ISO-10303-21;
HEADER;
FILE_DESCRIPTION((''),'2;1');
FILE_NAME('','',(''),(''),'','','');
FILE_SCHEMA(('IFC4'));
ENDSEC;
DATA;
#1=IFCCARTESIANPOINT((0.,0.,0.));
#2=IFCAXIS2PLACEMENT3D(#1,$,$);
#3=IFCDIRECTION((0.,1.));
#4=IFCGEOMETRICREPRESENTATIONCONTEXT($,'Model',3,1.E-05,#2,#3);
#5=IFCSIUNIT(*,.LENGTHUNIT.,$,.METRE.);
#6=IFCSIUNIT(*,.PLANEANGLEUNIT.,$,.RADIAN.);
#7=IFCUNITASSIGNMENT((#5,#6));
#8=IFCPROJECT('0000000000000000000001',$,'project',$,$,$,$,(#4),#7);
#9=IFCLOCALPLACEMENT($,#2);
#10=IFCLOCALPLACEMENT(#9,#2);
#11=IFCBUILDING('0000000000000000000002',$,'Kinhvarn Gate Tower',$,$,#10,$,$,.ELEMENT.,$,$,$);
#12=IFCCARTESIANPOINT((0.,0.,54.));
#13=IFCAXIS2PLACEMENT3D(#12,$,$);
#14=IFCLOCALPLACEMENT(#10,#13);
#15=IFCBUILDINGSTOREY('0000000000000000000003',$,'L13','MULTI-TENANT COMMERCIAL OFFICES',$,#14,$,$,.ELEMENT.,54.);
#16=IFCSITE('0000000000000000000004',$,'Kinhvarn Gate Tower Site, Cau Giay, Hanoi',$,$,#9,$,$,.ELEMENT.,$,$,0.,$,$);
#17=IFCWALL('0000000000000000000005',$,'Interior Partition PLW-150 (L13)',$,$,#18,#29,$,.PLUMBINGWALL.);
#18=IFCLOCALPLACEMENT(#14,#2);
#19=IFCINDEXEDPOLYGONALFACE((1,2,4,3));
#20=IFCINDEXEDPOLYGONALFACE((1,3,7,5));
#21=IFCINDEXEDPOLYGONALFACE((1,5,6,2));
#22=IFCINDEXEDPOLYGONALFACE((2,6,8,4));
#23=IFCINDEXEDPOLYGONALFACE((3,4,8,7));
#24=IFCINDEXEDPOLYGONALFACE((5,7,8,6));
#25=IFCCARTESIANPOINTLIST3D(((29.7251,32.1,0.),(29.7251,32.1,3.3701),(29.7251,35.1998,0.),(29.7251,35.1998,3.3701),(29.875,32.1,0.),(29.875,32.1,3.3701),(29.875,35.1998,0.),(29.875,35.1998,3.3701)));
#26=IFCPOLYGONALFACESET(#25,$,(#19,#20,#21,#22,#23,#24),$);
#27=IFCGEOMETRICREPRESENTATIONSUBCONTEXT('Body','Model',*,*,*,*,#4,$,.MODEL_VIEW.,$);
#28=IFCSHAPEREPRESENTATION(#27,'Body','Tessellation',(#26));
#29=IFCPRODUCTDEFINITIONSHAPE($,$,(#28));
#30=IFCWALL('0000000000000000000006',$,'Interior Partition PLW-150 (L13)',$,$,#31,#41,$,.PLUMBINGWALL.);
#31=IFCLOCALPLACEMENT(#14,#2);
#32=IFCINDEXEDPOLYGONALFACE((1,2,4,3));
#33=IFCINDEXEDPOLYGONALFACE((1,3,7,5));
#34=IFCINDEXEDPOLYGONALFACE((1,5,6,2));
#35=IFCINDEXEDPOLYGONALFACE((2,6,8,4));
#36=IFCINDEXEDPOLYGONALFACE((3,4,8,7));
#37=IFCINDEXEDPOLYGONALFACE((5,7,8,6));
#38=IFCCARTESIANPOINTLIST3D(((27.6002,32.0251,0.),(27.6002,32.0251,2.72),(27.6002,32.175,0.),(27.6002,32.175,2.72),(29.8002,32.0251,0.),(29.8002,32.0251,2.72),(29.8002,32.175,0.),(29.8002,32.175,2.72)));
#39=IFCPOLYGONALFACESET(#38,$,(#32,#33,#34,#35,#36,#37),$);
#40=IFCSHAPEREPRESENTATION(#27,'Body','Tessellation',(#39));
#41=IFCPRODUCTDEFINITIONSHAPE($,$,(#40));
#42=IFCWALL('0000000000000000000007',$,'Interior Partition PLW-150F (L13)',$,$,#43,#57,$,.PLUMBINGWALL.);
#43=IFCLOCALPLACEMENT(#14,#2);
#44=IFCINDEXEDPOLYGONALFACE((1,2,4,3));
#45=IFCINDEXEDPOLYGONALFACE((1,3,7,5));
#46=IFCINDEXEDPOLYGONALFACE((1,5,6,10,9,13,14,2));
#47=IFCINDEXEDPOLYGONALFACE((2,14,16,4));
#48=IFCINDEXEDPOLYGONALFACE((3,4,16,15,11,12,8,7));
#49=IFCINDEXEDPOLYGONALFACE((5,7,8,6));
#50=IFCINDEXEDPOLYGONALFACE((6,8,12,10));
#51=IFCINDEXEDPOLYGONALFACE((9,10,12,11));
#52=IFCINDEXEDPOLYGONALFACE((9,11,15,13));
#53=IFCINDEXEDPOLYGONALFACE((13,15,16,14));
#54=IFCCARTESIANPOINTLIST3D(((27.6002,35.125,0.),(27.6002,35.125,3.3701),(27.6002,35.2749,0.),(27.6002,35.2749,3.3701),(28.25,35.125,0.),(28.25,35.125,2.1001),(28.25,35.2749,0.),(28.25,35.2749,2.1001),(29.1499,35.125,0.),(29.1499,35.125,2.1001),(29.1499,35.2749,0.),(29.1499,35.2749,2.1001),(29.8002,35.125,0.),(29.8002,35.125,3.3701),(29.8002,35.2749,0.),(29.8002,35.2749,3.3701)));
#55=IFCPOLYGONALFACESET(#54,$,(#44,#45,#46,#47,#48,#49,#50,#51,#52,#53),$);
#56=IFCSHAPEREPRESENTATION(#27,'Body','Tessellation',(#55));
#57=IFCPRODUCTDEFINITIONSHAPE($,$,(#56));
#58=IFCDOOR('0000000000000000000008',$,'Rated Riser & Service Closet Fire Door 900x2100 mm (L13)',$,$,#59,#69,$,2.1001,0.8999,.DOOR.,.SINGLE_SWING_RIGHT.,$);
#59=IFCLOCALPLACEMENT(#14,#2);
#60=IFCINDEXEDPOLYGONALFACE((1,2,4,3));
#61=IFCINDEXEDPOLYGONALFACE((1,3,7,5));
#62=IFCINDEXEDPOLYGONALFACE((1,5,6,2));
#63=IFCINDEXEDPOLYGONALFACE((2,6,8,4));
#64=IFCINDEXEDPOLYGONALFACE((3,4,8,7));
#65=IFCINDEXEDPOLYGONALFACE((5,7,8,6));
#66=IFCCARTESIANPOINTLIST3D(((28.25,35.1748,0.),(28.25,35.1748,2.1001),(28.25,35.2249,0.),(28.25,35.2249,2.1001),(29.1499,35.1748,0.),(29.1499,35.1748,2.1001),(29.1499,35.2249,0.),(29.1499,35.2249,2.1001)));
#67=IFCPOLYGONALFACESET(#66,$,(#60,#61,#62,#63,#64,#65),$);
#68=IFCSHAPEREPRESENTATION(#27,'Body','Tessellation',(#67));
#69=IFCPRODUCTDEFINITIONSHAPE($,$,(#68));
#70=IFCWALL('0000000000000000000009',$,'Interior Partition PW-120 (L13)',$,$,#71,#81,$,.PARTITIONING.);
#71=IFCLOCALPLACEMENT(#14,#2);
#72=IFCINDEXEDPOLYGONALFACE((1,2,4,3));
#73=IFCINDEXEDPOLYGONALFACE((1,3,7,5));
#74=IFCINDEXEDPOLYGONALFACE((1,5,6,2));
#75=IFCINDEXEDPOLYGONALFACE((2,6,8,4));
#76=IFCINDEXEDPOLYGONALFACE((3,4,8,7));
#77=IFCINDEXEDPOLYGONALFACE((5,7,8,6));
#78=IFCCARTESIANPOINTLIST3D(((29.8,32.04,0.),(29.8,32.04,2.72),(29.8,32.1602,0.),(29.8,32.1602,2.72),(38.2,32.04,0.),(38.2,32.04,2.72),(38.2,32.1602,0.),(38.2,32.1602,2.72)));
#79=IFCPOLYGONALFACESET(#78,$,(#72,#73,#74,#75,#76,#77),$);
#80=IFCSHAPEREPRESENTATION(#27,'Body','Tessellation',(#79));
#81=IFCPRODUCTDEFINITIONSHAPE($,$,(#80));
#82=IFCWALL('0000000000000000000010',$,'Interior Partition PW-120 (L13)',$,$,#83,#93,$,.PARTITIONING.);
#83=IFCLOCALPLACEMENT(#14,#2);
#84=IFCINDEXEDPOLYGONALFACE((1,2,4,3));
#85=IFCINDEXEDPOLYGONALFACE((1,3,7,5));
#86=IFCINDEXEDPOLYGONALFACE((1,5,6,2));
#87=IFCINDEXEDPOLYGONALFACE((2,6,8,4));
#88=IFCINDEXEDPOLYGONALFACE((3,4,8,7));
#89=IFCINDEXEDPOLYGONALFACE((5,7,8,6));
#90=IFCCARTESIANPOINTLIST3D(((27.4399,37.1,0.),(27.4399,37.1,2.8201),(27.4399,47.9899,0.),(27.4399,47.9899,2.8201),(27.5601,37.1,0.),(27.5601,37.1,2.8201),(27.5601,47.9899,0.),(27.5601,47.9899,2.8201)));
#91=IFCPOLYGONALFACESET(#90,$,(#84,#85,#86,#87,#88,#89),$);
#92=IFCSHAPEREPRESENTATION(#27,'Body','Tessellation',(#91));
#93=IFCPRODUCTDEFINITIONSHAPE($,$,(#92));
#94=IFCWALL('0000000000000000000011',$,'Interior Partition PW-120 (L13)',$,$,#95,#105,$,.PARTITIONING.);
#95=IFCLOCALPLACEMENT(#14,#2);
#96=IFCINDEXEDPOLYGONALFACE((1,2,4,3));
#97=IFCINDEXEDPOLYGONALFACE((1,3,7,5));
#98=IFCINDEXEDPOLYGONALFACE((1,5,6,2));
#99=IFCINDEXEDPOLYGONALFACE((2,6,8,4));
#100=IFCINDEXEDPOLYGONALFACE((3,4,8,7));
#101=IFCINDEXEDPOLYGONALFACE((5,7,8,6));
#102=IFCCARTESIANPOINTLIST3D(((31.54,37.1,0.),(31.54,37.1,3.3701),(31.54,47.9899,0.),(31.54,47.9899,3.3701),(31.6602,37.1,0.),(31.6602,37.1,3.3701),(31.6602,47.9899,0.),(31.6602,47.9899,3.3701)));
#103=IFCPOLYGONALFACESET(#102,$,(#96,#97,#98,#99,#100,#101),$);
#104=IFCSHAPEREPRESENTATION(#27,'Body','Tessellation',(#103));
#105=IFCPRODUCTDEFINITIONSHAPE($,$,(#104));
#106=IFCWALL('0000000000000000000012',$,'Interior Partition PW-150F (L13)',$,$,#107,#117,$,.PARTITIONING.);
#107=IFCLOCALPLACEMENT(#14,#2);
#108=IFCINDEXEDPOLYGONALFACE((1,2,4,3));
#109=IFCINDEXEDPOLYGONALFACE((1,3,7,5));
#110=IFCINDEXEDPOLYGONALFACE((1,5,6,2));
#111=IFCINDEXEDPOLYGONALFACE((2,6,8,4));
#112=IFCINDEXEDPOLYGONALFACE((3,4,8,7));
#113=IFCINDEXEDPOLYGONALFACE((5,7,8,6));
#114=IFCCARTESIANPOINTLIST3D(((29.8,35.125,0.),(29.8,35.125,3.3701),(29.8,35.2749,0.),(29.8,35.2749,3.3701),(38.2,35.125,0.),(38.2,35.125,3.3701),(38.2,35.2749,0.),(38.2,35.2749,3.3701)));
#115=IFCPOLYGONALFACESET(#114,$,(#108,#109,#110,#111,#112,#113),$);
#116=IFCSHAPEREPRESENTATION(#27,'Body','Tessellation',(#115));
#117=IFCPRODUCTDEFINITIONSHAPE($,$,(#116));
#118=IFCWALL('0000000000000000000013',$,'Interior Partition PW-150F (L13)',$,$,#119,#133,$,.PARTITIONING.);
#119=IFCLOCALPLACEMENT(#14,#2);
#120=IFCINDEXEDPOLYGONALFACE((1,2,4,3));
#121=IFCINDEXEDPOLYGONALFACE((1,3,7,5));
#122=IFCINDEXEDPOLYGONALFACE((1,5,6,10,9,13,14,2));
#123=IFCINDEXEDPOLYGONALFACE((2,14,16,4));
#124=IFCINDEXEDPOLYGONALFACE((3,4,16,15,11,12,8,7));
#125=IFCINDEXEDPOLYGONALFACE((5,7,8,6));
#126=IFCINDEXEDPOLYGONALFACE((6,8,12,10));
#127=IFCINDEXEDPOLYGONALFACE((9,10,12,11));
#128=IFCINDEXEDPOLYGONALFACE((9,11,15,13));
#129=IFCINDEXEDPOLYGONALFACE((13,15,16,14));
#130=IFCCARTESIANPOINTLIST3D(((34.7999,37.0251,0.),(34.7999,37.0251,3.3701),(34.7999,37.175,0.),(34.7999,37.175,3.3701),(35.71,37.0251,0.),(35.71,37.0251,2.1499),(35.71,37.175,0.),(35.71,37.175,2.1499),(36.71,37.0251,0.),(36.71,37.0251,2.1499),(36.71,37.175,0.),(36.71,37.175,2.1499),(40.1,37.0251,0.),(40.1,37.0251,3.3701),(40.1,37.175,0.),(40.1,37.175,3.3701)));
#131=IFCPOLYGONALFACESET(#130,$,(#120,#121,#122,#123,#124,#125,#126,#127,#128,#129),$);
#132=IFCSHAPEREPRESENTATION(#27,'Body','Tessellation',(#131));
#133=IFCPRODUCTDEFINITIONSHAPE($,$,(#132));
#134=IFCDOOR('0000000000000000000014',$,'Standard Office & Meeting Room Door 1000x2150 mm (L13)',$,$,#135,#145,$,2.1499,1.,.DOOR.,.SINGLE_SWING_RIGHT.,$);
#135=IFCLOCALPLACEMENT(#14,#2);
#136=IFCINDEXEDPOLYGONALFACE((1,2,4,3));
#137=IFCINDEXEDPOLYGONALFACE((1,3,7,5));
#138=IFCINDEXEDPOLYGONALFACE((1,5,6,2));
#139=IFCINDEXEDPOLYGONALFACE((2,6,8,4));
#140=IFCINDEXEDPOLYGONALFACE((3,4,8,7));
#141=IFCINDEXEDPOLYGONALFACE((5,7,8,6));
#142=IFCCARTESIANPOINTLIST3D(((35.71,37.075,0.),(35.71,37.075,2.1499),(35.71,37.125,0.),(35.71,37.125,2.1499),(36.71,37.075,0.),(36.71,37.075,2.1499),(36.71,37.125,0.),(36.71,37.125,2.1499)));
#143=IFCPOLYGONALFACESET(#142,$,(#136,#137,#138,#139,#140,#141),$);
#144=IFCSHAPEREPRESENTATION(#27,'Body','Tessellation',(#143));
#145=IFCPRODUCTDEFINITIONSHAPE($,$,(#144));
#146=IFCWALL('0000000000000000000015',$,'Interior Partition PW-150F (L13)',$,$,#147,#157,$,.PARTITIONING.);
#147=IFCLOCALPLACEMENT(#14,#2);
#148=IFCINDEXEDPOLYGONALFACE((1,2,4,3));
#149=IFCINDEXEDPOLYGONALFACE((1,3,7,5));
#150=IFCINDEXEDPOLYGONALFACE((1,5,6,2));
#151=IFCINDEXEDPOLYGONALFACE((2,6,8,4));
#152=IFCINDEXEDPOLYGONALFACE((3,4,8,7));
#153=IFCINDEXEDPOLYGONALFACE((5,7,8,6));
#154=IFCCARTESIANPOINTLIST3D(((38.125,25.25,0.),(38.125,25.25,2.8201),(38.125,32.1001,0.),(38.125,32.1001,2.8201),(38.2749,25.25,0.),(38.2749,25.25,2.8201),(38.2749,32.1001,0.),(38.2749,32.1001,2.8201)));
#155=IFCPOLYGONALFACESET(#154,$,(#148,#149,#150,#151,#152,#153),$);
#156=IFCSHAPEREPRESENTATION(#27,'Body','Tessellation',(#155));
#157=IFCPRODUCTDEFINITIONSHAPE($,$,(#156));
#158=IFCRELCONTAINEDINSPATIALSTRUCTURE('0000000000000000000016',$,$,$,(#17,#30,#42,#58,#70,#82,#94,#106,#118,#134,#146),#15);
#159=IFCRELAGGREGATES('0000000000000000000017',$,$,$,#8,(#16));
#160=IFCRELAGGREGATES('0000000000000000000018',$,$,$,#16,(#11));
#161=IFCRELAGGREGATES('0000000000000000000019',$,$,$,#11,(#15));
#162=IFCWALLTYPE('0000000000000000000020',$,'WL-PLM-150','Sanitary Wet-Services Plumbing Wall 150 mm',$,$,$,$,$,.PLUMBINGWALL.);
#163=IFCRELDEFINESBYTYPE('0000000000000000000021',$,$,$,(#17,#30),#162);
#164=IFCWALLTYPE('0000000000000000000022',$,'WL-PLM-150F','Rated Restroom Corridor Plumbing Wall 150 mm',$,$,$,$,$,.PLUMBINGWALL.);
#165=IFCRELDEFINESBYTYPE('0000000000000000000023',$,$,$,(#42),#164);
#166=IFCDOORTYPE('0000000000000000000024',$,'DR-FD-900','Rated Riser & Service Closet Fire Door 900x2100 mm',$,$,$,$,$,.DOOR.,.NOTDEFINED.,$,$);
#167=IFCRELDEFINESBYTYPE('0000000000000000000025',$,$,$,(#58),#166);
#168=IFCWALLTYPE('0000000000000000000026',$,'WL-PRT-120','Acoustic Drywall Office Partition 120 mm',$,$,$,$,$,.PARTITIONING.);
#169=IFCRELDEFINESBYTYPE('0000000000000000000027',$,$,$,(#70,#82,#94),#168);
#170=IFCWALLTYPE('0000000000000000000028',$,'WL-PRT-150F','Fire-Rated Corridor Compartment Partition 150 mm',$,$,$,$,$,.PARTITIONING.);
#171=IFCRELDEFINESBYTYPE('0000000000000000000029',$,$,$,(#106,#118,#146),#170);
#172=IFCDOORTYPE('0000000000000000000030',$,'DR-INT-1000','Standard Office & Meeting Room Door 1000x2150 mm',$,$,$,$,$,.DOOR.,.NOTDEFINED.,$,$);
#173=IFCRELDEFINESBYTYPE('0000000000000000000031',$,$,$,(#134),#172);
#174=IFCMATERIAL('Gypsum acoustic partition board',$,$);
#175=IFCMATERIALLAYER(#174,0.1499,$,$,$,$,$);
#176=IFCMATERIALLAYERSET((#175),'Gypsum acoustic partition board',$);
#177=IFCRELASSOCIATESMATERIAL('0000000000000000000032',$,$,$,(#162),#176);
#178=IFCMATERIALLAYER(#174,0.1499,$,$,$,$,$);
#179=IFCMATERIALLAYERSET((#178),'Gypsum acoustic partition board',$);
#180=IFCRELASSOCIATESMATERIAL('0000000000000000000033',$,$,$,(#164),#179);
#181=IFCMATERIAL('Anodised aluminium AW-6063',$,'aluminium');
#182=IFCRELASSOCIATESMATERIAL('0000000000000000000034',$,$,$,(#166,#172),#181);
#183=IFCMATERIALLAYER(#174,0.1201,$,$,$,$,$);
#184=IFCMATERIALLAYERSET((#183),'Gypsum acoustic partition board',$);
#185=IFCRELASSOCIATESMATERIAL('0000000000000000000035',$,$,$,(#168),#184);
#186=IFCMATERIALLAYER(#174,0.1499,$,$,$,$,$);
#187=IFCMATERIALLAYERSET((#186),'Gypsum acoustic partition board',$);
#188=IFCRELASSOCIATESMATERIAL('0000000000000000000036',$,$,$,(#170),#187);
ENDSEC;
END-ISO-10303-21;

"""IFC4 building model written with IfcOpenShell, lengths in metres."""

from ifc_helpers import new_model, si_unit, direction, frame, frame_2d, origin, place, context, subcontext, project, spatial, rectangle, extrude, material, layer, layer_set, type_object, element, fill, save


model = new_model("IFC4")

# Units and contexts
model_context = context("Model", 3, precision=1e-05, world=origin(), true_north=direction((0.0, 1.0)))
body_context = subcontext(model_context, "Body", "Model", "MODEL_VIEW")
ifc_project = project(units=[si_unit("LENGTHUNIT", "METRE"), si_unit("PLANEANGLEUNIT", "RADIAN")], contexts=[model_context])

# Site, building, storey
site_placement = place(None, origin())
site = spatial("IfcSite", under=ifc_project, at=site_placement, Name="Kinhvarn Gate Tower Site, Cau Giay, Hanoi", CompositionType="ELEMENT", RefElevation=0.0)
building_placement = place(site_placement, origin())
building = spatial("IfcBuilding", under=site, at=building_placement, Name="Kinhvarn Gate Tower", CompositionType="ELEMENT")
storey_placement = place(building_placement, frame((0.0, 0.0, 54.0)))
storey = spatial("IfcBuildingStorey", under=building, at=storey_placement, Name="L13", Description="MULTI-TENANT COMMERCIAL OFFICES", CompositionType="ELEMENT", Elevation=54.0)

# Walls
ifc_material_1 = material(Name="Gypsum acoustic partition board")
ifc_layer_1 = layer(ifc_material_1, 0.1499)
ifc_layer_set_1 = layer_set([ifc_layer_1], Name="Gypsum acoustic partition board")
wall_type_1 = type_object("IfcWallType", Name="WL-PLM-150", Description="Sanitary Wet-Services Plumbing Wall 150 mm", PredefinedType="PLUMBINGWALL", material=ifc_layer_set_1)
for number, where, z_axis, x_axis, name in (
    (1, (29.8, 32.1001, 0.0), (0.0, 0.0, 1.0), (0.0, 1.0, 0.0), "Interior Partition PLW-150 (L13)"),
):
    element("IfcWall", number, at=place(storey_placement, frame(where, z_axis=z_axis, x_axis=x_axis)), inside=storey, type_object=wall_type_1, Name=name, PredefinedType="PLUMBINGWALL", context=body_context, shape_type="SweptSolid", body=[
        extrude(rectangle(XDim=3.0999, YDim=0.1499, at=frame_2d((1.5498, 0.0))), origin(), (0.0, 0.0, 1.0), 3.3701),
    ])
wall_1_placement = place(storey_placement, frame((27.6001, 32.1001, 0.0), z_axis=(0.0, 0.0, 1.0), x_axis=(1.0, 0.0, 0.0)))
element("IfcWall", 2, at=wall_1_placement, inside=storey, type_object=wall_type_1, Name="Interior Partition PLW-150 (L13)", PredefinedType="PLUMBINGWALL", context=body_context, shape_type="SweptSolid", body=[
    extrude(rectangle(XDim=2.2, YDim=0.1499, at=frame_2d((1.1001, 0.0))), origin(), (0.0, 0.0, 1.0), 2.72),
])

# Wall, opening, door
ifc_layer_2 = layer(ifc_material_1, 0.1499)
ifc_layer_set_2 = layer_set([ifc_layer_2], Name="Gypsum acoustic partition board")
wall_type_2 = type_object("IfcWallType", Name="WL-PLM-150F", Description="Rated Restroom Corridor Plumbing Wall 150 mm", PredefinedType="PLUMBINGWALL", material=ifc_layer_set_2)
wall_2_placement = place(storey_placement, frame((27.6001, 35.2, 0.0), z_axis=(0.0, 0.0, 1.0), x_axis=(1.0, 0.0, 0.0)))
wall_2 = element("IfcWall", 3, at=wall_2_placement, inside=storey, type_object=wall_type_2, Name="Interior Partition PLW-150F (L13)", PredefinedType="PLUMBINGWALL", context=body_context, shape_type="SweptSolid", body=[
    extrude(rectangle(XDim=2.2, YDim=0.1499, at=frame_2d((1.1001, 0.0))), origin(), (0.0, 0.0, 1.0), 3.3701),
])
opening_1_placement = place(wall_2_placement, frame((0.6499, 0.0, 0.0)))
opening_1 = element("IfcOpeningElement", 4, at=opening_1_placement, cuts=wall_2, PredefinedType="OPENING", context=body_context, shape_type="SweptSolid", body=[
    extrude(rectangle(XDim=0.8999, YDim=2.1001, at=frame_2d((0.45, 1.05))), frame((0.0, 0.085, 0.0), z_axis=(0.0, -1.0, 0.0), x_axis=(1.0, 0.0, 0.0)), (0.0, 0.0, 1.0), 0.1699),
])
ifc_material_2 = material(Name="Anodised aluminium AW-6063", Category="aluminium")
door_type_1 = type_object("IfcDoorType", Name="DR-FD-900", Description="Rated Riser & Service Closet Fire Door 900x2100 mm", OperationType="NOTDEFINED", PredefinedType="DOOR", material=ifc_material_2)
door_1_placement = place(opening_1_placement, origin())
door_1 = element("IfcDoor", 5, at=door_1_placement, inside=storey, type_object=door_type_1, Name="Rated Riser & Service Closet Fire Door 900x2100 mm (L13)", OperationType="SINGLE_SWING_RIGHT", OverallHeight=2.1001, OverallWidth=0.8999, PredefinedType="DOOR", context=body_context, shape_type="SweptSolid", body=[
    extrude(rectangle(XDim=0.8999, YDim=2.1001, at=frame_2d((0.45, 1.05))), frame((0.0, 0.0249, 0.0), z_axis=(0.0, -1.0, 0.0), x_axis=(1.0, 0.0, 0.0)), (0.0, 0.0, 1.0), 0.05),
])
fill(opening_1, door_1)

# Walls
ifc_layer_3 = layer(ifc_material_1, 0.1201)
ifc_layer_set_3 = layer_set([ifc_layer_3], Name="Gypsum acoustic partition board")
wall_type_3 = type_object("IfcWallType", Name="WL-PRT-120", Description="Acoustic Drywall Office Partition 120 mm", PredefinedType="PARTITIONING", material=ifc_layer_set_3)
wall_3_placement = place(storey_placement, frame((29.8, 32.1001, 0.0), z_axis=(0.0, 0.0, 1.0), x_axis=(1.0, 0.0, 0.0)))
element("IfcWall", 6, at=wall_3_placement, inside=storey, type_object=wall_type_3, Name="Interior Partition PW-120 (L13)", PredefinedType="PARTITIONING", context=body_context, shape_type="SweptSolid", body=[
    extrude(rectangle(XDim=8.3999, YDim=0.1201, at=frame_2d((4.2, 0.0))), origin(), (0.0, 0.0, 1.0), 2.72),
])
wall_4_placement = place(storey_placement, frame((27.5, 37.1001, 0.0), z_axis=(0.0, 0.0, 1.0), x_axis=(0.0, 1.0, 0.0)))
element("IfcWall", 7, at=wall_4_placement, inside=storey, type_object=wall_type_3, Name="Interior Partition PW-120 (L13)", PredefinedType="PARTITIONING", context=body_context, shape_type="SweptSolid", body=[
    extrude(rectangle(XDim=10.8899, YDim=0.1201, at=frame_2d((5.4448, 0.0))), origin(), (0.0, 0.0, 1.0), 2.8201),
])
wall_5_placement = place(storey_placement, frame((31.6001, 37.1001, 0.0), z_axis=(0.0, 0.0, 1.0), x_axis=(0.0, 1.0, 0.0)))
element("IfcWall", 8, at=wall_5_placement, inside=storey, type_object=wall_type_3, Name="Interior Partition PW-120 (L13)", PredefinedType="PARTITIONING", context=body_context, shape_type="SweptSolid", body=[
    extrude(rectangle(XDim=10.8899, YDim=0.1201, at=frame_2d((5.4448, 0.0))), origin(), (0.0, 0.0, 1.0), 3.3701),
])
ifc_layer_4 = layer(ifc_material_1, 0.1499)
ifc_layer_set_4 = layer_set([ifc_layer_4], Name="Gypsum acoustic partition board")
wall_type_4 = type_object("IfcWallType", Name="WL-PRT-150F", Description="Fire-Rated Corridor Compartment Partition 150 mm", PredefinedType="PARTITIONING", material=ifc_layer_set_4)
wall_6_placement = place(storey_placement, frame((29.8, 35.2, 0.0), z_axis=(0.0, 0.0, 1.0), x_axis=(1.0, 0.0, 0.0)))
element("IfcWall", 9, at=wall_6_placement, inside=storey, type_object=wall_type_4, Name="Interior Partition PW-150F (L13)", PredefinedType="PARTITIONING", context=body_context, shape_type="SweptSolid", body=[
    extrude(rectangle(XDim=8.3999, YDim=0.1499, at=frame_2d((4.2, 0.0))), origin(), (0.0, 0.0, 1.0), 3.3701),
])

# Wall, opening, door
door_type_2 = type_object("IfcDoorType", Name="DR-INT-1000", Description="Standard Office & Meeting Room Door 1000x2150 mm", OperationType="NOTDEFINED", PredefinedType="DOOR", material=ifc_material_2)
wall_7_placement = place(storey_placement, frame((34.8, 37.1001, 0.0), z_axis=(0.0, 0.0, 1.0), x_axis=(1.0, 0.0, 0.0)))
wall_7 = element("IfcWall", 10, at=wall_7_placement, inside=storey, type_object=wall_type_4, Name="Interior Partition PW-150F (L13)", PredefinedType="PARTITIONING", context=body_context, shape_type="SweptSolid", body=[
    extrude(rectangle(XDim=5.3, YDim=0.1499, at=frame_2d((2.6499, 0.0))), origin(), (0.0, 0.0, 1.0), 3.3701),
])
opening_2_placement = place(wall_7_placement, frame((0.9099, 0.0, 0.0)))
opening_2 = element("IfcOpeningElement", 11, at=opening_2_placement, cuts=wall_7, PredefinedType="OPENING", context=body_context, shape_type="SweptSolid", body=[
    extrude(rectangle(XDim=1.0, YDim=2.1499, at=frame_2d((0.5, 1.075))), frame((0.0, 0.085, 0.0), z_axis=(0.0, -1.0, 0.0), x_axis=(1.0, 0.0, 0.0)), (0.0, 0.0, 1.0), 0.1699),
])
door_2_placement = place(opening_2_placement, origin())
door_2 = element("IfcDoor", 12, at=door_2_placement, inside=storey, type_object=door_type_2, Name="Standard Office & Meeting Room Door 1000x2150 mm (L13)", OperationType="SINGLE_SWING_RIGHT", OverallHeight=2.1499, OverallWidth=1.0, PredefinedType="DOOR", context=body_context, shape_type="SweptSolid", body=[
    extrude(rectangle(XDim=1.0, YDim=2.1499, at=frame_2d((0.5, 1.075))), frame((0.0, 0.0249, 0.0), z_axis=(0.0, -1.0, 0.0), x_axis=(1.0, 0.0, 0.0)), (0.0, 0.0, 1.0), 0.05),
])
fill(opening_2, door_2)

# Wall
wall_8_placement = place(storey_placement, frame((38.2, 25.25, 0.0), z_axis=(0.0, 0.0, 1.0), x_axis=(0.0, 1.0, 0.0)))
element("IfcWall", 13, at=wall_8_placement, inside=storey, type_object=wall_type_4, Name="Interior Partition PW-150F (L13)", PredefinedType="PARTITIONING", context=body_context, shape_type="SweptSolid", body=[
    extrude(rectangle(XDim=6.8501, YDim=0.1499, at=frame_2d((3.425, 0.0))), origin(), (0.0, 0.0, 1.0), 2.8201),
])

save(model, "model.ifc")
